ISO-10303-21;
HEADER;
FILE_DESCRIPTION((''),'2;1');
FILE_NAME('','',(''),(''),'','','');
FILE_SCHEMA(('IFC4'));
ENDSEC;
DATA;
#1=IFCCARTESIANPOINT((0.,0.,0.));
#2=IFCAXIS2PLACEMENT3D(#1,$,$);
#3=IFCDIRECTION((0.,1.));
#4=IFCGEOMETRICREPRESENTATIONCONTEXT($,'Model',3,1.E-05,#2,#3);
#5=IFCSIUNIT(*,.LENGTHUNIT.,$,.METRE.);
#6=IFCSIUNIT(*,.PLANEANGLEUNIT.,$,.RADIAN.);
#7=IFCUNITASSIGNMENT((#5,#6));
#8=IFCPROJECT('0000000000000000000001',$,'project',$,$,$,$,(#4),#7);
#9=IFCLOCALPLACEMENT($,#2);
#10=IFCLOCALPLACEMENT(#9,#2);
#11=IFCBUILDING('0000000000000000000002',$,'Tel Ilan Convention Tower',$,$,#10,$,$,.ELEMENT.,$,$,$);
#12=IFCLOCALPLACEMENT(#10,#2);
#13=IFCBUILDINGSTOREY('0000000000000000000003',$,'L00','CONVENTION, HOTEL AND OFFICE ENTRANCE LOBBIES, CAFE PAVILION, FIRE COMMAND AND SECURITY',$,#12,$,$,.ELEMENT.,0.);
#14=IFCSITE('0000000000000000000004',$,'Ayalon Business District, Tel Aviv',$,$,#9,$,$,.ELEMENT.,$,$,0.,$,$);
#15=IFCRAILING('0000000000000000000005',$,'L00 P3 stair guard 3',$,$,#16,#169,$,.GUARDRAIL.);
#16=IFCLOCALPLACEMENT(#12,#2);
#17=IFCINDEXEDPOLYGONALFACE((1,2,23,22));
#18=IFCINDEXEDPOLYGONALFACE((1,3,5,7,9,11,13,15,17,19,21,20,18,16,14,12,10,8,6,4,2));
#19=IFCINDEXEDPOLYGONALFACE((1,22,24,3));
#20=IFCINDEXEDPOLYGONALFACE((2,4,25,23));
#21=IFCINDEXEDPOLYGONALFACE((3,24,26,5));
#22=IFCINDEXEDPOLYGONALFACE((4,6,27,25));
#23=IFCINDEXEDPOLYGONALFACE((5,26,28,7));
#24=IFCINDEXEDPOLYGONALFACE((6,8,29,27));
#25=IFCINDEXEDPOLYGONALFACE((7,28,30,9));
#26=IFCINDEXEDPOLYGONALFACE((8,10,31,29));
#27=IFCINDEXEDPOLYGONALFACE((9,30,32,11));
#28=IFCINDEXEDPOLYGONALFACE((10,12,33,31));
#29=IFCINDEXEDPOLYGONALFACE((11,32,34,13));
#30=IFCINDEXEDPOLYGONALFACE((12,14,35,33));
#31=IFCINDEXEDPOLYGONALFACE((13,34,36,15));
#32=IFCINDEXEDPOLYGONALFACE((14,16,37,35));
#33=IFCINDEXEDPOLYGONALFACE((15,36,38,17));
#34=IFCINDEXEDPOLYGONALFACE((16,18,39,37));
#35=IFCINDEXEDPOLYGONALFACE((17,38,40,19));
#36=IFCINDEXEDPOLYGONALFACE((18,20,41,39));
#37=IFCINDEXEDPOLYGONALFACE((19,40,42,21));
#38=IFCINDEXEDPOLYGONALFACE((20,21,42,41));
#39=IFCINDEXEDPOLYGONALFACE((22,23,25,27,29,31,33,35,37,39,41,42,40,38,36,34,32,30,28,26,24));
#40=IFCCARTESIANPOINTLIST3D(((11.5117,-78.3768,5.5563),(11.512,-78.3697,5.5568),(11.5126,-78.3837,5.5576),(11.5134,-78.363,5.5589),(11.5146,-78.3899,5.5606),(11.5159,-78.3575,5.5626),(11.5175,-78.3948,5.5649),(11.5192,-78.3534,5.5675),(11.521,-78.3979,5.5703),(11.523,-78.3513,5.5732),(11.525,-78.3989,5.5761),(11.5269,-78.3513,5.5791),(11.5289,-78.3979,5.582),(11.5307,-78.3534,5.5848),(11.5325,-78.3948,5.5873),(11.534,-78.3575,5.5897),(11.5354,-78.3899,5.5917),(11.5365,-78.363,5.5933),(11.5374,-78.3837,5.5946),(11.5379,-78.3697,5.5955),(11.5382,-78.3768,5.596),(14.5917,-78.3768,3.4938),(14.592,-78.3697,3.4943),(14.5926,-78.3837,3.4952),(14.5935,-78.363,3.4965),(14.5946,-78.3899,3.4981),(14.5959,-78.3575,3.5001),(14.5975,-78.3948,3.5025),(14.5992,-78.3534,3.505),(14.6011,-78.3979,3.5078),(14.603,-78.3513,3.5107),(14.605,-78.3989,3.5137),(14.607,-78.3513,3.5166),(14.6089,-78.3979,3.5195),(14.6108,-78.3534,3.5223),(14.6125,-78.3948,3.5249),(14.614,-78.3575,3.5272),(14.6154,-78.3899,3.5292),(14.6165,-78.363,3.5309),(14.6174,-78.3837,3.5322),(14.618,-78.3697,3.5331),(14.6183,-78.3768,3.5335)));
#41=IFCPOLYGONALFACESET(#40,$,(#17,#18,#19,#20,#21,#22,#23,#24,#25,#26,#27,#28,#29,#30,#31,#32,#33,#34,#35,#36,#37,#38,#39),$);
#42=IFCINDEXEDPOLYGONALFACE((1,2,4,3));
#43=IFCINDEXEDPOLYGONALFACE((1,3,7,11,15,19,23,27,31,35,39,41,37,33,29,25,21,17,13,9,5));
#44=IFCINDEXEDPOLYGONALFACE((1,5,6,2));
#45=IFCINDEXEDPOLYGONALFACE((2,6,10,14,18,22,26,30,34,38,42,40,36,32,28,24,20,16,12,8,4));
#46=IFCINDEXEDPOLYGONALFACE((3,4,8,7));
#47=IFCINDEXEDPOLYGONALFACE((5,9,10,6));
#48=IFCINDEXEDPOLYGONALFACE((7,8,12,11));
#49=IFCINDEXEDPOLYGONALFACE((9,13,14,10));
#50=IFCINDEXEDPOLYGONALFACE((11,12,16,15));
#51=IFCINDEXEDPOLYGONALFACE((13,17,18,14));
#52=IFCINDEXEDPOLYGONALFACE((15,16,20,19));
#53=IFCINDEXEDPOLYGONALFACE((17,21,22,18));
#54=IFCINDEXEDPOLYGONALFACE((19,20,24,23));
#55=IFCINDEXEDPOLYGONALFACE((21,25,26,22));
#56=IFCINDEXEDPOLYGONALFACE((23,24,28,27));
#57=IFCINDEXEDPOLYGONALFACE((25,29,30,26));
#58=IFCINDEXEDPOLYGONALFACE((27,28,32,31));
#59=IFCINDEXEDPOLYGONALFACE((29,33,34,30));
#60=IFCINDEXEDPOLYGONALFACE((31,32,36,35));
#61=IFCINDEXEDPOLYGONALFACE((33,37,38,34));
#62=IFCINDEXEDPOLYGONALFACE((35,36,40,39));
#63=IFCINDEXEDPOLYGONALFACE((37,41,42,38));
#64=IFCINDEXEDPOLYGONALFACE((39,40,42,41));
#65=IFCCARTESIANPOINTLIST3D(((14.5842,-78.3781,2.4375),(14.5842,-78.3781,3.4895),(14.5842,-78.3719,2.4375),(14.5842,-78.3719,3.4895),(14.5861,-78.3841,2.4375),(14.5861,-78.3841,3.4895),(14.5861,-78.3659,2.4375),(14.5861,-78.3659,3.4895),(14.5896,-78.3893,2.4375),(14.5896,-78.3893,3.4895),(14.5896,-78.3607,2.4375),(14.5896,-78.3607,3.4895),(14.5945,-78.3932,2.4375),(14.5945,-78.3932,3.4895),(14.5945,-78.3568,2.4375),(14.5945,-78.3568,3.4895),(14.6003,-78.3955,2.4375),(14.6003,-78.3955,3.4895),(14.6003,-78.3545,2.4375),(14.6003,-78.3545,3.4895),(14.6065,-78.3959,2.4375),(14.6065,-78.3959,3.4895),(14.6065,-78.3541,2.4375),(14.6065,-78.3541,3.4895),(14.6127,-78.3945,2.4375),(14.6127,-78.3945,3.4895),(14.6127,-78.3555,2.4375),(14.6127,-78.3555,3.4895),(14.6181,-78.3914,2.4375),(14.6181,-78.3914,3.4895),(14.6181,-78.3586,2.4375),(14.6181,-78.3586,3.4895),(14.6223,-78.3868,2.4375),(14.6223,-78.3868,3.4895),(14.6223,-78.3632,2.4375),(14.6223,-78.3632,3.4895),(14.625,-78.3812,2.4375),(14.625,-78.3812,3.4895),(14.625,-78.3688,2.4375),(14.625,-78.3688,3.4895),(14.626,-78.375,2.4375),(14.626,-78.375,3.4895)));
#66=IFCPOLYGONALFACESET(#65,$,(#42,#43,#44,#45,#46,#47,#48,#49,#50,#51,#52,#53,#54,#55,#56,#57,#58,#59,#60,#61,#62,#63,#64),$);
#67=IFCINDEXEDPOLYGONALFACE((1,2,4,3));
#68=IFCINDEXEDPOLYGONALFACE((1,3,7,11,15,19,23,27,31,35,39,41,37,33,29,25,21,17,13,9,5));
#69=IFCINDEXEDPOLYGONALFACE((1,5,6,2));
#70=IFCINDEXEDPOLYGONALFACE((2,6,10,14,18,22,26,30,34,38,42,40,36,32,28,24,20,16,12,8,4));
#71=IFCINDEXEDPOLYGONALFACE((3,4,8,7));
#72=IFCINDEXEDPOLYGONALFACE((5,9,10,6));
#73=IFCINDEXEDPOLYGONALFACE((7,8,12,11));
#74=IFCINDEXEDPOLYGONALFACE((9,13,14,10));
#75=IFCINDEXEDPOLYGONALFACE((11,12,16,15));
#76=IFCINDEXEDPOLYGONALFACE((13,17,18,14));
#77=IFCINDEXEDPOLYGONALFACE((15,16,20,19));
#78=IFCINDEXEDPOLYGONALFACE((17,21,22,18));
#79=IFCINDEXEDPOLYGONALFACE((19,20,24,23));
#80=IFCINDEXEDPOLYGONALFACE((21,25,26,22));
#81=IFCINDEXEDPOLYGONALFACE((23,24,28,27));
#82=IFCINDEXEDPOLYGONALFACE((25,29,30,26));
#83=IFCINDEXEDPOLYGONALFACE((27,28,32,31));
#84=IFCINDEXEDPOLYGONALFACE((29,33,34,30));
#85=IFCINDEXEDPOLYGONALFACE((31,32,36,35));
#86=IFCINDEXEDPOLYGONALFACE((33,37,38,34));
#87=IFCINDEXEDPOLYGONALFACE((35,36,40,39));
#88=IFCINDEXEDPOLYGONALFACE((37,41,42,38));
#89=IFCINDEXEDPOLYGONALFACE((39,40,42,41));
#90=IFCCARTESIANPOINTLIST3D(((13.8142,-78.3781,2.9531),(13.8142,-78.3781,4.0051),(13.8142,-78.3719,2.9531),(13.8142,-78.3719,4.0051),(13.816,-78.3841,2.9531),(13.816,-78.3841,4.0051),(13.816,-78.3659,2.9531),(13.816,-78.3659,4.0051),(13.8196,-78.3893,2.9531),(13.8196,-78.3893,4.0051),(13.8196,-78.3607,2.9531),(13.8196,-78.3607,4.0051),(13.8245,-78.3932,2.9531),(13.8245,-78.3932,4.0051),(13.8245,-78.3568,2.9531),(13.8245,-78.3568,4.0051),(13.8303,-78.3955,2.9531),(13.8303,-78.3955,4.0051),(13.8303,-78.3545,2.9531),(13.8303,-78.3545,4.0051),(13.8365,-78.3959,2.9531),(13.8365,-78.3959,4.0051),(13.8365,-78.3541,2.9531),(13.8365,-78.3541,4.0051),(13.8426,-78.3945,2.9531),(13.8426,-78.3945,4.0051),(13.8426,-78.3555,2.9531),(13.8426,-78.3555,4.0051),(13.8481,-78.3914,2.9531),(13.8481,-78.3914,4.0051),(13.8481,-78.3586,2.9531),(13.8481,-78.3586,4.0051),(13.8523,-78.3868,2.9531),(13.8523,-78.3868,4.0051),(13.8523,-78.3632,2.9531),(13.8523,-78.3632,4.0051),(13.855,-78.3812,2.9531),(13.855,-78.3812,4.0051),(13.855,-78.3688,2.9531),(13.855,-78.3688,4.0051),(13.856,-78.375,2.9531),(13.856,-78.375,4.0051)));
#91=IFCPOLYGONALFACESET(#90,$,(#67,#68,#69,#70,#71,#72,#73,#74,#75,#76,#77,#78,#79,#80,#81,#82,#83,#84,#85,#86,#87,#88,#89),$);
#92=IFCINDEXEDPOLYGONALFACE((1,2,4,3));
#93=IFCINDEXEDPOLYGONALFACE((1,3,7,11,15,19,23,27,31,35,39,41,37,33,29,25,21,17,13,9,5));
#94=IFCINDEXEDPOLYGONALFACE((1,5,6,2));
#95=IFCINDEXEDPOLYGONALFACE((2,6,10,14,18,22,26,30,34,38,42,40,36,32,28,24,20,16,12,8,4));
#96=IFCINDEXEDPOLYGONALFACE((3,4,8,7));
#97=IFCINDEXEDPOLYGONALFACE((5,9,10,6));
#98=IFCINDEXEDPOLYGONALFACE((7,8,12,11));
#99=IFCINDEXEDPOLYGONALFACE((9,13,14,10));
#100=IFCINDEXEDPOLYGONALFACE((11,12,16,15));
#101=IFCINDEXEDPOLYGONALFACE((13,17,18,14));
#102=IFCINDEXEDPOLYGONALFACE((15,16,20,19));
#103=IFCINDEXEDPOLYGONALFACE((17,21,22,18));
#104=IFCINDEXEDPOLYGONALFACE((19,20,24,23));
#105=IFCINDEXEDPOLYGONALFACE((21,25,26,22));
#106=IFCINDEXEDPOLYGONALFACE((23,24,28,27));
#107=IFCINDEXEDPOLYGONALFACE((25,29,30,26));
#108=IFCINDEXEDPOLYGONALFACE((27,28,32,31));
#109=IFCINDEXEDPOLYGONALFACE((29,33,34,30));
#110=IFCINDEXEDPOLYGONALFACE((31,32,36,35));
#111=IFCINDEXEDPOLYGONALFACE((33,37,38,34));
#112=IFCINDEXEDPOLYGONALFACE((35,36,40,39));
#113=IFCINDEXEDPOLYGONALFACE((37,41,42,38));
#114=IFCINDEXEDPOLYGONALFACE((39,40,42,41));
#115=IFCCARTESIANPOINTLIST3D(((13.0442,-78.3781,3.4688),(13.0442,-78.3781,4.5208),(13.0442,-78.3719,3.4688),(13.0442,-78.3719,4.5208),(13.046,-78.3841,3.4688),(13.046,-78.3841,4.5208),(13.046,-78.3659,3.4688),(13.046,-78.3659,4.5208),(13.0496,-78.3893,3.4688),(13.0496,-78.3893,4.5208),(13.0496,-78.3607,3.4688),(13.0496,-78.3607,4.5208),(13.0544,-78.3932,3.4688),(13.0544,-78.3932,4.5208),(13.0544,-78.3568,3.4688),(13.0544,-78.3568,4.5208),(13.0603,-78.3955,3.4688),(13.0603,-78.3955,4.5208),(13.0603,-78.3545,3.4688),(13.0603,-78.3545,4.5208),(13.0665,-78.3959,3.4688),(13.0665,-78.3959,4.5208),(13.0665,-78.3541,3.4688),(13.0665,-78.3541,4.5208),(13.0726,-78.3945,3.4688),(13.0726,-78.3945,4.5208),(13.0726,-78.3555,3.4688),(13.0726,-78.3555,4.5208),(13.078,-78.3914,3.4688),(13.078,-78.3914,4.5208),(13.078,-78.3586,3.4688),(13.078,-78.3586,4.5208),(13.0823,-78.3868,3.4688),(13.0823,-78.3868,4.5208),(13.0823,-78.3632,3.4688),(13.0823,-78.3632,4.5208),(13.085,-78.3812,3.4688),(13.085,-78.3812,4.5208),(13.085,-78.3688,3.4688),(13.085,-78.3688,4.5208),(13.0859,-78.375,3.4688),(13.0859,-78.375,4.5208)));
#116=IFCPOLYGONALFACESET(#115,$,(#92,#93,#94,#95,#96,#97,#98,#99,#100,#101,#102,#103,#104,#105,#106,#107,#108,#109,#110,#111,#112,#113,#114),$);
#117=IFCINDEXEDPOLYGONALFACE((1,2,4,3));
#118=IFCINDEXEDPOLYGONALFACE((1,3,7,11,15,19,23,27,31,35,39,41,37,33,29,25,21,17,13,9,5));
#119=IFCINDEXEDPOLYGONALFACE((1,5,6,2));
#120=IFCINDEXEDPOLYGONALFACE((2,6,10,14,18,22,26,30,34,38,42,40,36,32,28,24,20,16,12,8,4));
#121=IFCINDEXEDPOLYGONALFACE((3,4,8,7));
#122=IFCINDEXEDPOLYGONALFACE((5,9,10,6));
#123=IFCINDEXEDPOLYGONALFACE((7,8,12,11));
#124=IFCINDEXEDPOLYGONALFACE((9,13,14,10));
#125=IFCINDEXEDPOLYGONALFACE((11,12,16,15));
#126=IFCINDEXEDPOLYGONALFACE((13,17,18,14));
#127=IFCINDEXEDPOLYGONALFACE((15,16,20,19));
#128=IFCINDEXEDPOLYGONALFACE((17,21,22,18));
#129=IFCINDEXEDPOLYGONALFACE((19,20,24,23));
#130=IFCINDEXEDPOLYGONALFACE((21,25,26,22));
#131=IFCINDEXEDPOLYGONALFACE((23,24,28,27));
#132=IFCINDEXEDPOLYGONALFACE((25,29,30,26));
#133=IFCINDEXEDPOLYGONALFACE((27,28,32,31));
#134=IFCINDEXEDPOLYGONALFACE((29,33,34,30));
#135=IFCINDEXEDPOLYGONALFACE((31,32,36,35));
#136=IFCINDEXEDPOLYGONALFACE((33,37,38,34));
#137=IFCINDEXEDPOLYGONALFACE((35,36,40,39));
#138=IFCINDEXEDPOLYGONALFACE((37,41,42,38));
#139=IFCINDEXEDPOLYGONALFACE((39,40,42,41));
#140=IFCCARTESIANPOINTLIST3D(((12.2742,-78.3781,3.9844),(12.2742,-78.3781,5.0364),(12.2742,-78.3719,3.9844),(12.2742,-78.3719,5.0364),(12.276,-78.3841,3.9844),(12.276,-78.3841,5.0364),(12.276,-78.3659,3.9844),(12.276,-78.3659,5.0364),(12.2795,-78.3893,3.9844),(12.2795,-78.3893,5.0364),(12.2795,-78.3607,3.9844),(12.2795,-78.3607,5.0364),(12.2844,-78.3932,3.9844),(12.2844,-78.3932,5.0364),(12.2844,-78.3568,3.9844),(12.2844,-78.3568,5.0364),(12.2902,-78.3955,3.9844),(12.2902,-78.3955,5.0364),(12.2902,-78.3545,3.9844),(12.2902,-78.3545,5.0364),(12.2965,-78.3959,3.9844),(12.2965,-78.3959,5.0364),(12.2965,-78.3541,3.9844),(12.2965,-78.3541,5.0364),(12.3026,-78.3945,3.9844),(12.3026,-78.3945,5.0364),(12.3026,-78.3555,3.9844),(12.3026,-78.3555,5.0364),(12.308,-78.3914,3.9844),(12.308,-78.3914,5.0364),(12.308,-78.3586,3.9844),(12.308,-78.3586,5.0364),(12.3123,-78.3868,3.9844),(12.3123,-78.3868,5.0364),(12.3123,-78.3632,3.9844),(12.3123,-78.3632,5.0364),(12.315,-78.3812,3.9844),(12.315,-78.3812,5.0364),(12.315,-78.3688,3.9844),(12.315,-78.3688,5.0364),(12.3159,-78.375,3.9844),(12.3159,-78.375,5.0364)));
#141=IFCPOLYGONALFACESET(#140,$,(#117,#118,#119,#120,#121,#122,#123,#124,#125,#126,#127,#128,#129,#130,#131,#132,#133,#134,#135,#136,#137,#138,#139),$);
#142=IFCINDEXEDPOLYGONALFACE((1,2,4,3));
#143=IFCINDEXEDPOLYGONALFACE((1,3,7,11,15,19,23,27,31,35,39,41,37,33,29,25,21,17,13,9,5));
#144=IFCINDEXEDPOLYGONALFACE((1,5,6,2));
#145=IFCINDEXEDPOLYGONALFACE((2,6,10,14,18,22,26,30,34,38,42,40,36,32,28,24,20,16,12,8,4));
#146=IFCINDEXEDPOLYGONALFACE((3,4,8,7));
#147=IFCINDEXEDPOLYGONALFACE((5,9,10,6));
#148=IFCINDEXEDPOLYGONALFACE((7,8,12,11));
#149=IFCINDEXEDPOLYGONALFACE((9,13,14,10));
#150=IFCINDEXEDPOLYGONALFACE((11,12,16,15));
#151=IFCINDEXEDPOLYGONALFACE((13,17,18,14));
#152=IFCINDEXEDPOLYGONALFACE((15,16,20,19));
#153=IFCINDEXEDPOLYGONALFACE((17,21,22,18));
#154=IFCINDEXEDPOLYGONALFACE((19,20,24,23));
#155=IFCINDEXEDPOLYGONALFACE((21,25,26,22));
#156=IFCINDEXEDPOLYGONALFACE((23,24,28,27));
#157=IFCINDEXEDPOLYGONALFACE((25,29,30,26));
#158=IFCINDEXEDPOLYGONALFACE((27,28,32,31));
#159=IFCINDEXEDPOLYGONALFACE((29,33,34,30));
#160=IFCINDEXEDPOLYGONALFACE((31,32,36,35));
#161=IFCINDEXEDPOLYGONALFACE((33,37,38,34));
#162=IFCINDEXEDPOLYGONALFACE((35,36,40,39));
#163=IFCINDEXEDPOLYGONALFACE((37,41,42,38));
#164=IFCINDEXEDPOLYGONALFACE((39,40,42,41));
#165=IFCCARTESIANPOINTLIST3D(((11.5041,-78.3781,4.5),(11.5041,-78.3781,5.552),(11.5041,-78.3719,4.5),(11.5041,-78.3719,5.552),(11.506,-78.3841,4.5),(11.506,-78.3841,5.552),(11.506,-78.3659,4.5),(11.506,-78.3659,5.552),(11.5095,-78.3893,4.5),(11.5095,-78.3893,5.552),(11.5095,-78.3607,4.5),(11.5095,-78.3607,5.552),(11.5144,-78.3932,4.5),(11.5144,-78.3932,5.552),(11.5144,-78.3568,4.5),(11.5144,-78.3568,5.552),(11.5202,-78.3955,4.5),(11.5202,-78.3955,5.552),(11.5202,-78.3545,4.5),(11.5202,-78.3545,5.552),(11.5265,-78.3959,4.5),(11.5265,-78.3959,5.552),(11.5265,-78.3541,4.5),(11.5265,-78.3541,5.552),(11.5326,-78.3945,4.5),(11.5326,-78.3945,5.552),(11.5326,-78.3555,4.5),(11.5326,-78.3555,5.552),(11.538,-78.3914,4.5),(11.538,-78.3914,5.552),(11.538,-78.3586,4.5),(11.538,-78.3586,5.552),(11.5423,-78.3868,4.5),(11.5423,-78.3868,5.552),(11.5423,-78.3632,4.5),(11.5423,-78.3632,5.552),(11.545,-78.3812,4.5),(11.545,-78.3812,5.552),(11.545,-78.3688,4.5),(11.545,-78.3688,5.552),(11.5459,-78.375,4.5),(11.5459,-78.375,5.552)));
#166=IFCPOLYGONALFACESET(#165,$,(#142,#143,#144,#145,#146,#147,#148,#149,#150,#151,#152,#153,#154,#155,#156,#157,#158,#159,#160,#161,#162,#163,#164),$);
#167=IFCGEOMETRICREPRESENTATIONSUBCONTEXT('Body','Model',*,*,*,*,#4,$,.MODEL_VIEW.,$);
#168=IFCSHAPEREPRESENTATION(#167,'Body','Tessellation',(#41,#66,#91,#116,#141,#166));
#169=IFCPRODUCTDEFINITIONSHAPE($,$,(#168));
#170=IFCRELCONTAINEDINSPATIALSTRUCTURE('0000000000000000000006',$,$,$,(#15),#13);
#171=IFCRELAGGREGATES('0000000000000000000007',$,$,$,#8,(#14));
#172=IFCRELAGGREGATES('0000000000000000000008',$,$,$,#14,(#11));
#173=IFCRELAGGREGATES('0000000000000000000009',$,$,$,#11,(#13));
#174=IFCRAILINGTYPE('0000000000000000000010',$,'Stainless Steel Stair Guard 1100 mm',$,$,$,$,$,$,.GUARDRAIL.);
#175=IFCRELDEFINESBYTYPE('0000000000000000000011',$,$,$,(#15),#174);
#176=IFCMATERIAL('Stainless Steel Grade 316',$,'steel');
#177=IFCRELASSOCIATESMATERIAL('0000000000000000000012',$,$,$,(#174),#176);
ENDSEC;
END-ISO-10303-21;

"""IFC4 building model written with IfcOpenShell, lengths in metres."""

from ifc_helpers import new_model, si_unit, direction, frame, origin, origin_2d, place, context, subcontext, project, spatial, circle, extrude, material, type_object, element, save


model = new_model("IFC4")

# Units and contexts
model_context = context("Model", 3, precision=1e-05, world=origin(), true_north=direction((0.0, 1.0)))
body_context = subcontext(model_context, "Body", "Model", "MODEL_VIEW")
ifc_project = project(units=[si_unit("LENGTHUNIT", "METRE"), si_unit("PLANEANGLEUNIT", "RADIAN")], contexts=[model_context])

# Site, building, storey
site_placement = place(None, origin())
site = spatial("IfcSite", under=ifc_project, at=site_placement, Name="Ayalon Business District, Tel Aviv", CompositionType="ELEMENT", RefElevation=0.0)
building_placement = place(site_placement, origin())
building = spatial("IfcBuilding", under=site, at=building_placement, Name="Tel Ilan Convention Tower", CompositionType="ELEMENT")
storey_placement = place(building_placement, origin())
storey = spatial("IfcBuildingStorey", under=building, at=storey_placement, Name="L00", Description="CONVENTION, HOTEL AND OFFICE ENTRANCE LOBBIES, CAFE PAVILION, FIRE COMMAND AND SECURITY", CompositionType="ELEMENT", Elevation=0.0)

# Railing
ifc_material_1 = material(Name="Stainless Steel Grade 316", Category="steel")
railing_type_1 = type_object("IfcRailingType", Name="Stainless Steel Stair Guard 1100 mm", PredefinedType="GUARDRAIL", material=ifc_material_1)
railing_1_placement = place(storey_placement, frame((14.605, -78.375, 2.4375)))
element("IfcRailing", 1, at=railing_1_placement, inside=storey, type_object=railing_type_1, Name="L00 P3 stair guard 3", PredefinedType="GUARDRAIL", context=body_context, shape_type="SweptSolid", body=[
    extrude(circle(Radius=0.0239, at=origin_2d()), frame((0.0, 0.0, 1.0762), z_axis=(-0.830914, 0.0, 0.556401), x_axis=(0.0, -1.0, 0.0)), (0.0, 0.0, 1.0), 3.7068),
    extrude(circle(Radius=0.021, at=origin_2d()), origin(), (0.0, 0.0, 1.0), 1.052),
    extrude(circle(Radius=0.021, at=origin_2d()), frame((-0.77, 0.0, 0.5156)), (0.0, 0.0, 1.0), 1.052),
    extrude(circle(Radius=0.021, at=origin_2d()), frame((-1.54, 0.0, 1.0312)), (0.0, 0.0, 1.0), 1.052),
    extrude(circle(Radius=0.021, at=origin_2d()), frame((-2.3101, 0.0, 1.5469)), (0.0, 0.0, 1.0), 1.052),
    extrude(circle(Radius=0.021, at=origin_2d()), frame((-3.0801, 0.0, 2.0625)), (0.0, 0.0, 1.0), 1.052),
])

save(model, "model.ifc")
